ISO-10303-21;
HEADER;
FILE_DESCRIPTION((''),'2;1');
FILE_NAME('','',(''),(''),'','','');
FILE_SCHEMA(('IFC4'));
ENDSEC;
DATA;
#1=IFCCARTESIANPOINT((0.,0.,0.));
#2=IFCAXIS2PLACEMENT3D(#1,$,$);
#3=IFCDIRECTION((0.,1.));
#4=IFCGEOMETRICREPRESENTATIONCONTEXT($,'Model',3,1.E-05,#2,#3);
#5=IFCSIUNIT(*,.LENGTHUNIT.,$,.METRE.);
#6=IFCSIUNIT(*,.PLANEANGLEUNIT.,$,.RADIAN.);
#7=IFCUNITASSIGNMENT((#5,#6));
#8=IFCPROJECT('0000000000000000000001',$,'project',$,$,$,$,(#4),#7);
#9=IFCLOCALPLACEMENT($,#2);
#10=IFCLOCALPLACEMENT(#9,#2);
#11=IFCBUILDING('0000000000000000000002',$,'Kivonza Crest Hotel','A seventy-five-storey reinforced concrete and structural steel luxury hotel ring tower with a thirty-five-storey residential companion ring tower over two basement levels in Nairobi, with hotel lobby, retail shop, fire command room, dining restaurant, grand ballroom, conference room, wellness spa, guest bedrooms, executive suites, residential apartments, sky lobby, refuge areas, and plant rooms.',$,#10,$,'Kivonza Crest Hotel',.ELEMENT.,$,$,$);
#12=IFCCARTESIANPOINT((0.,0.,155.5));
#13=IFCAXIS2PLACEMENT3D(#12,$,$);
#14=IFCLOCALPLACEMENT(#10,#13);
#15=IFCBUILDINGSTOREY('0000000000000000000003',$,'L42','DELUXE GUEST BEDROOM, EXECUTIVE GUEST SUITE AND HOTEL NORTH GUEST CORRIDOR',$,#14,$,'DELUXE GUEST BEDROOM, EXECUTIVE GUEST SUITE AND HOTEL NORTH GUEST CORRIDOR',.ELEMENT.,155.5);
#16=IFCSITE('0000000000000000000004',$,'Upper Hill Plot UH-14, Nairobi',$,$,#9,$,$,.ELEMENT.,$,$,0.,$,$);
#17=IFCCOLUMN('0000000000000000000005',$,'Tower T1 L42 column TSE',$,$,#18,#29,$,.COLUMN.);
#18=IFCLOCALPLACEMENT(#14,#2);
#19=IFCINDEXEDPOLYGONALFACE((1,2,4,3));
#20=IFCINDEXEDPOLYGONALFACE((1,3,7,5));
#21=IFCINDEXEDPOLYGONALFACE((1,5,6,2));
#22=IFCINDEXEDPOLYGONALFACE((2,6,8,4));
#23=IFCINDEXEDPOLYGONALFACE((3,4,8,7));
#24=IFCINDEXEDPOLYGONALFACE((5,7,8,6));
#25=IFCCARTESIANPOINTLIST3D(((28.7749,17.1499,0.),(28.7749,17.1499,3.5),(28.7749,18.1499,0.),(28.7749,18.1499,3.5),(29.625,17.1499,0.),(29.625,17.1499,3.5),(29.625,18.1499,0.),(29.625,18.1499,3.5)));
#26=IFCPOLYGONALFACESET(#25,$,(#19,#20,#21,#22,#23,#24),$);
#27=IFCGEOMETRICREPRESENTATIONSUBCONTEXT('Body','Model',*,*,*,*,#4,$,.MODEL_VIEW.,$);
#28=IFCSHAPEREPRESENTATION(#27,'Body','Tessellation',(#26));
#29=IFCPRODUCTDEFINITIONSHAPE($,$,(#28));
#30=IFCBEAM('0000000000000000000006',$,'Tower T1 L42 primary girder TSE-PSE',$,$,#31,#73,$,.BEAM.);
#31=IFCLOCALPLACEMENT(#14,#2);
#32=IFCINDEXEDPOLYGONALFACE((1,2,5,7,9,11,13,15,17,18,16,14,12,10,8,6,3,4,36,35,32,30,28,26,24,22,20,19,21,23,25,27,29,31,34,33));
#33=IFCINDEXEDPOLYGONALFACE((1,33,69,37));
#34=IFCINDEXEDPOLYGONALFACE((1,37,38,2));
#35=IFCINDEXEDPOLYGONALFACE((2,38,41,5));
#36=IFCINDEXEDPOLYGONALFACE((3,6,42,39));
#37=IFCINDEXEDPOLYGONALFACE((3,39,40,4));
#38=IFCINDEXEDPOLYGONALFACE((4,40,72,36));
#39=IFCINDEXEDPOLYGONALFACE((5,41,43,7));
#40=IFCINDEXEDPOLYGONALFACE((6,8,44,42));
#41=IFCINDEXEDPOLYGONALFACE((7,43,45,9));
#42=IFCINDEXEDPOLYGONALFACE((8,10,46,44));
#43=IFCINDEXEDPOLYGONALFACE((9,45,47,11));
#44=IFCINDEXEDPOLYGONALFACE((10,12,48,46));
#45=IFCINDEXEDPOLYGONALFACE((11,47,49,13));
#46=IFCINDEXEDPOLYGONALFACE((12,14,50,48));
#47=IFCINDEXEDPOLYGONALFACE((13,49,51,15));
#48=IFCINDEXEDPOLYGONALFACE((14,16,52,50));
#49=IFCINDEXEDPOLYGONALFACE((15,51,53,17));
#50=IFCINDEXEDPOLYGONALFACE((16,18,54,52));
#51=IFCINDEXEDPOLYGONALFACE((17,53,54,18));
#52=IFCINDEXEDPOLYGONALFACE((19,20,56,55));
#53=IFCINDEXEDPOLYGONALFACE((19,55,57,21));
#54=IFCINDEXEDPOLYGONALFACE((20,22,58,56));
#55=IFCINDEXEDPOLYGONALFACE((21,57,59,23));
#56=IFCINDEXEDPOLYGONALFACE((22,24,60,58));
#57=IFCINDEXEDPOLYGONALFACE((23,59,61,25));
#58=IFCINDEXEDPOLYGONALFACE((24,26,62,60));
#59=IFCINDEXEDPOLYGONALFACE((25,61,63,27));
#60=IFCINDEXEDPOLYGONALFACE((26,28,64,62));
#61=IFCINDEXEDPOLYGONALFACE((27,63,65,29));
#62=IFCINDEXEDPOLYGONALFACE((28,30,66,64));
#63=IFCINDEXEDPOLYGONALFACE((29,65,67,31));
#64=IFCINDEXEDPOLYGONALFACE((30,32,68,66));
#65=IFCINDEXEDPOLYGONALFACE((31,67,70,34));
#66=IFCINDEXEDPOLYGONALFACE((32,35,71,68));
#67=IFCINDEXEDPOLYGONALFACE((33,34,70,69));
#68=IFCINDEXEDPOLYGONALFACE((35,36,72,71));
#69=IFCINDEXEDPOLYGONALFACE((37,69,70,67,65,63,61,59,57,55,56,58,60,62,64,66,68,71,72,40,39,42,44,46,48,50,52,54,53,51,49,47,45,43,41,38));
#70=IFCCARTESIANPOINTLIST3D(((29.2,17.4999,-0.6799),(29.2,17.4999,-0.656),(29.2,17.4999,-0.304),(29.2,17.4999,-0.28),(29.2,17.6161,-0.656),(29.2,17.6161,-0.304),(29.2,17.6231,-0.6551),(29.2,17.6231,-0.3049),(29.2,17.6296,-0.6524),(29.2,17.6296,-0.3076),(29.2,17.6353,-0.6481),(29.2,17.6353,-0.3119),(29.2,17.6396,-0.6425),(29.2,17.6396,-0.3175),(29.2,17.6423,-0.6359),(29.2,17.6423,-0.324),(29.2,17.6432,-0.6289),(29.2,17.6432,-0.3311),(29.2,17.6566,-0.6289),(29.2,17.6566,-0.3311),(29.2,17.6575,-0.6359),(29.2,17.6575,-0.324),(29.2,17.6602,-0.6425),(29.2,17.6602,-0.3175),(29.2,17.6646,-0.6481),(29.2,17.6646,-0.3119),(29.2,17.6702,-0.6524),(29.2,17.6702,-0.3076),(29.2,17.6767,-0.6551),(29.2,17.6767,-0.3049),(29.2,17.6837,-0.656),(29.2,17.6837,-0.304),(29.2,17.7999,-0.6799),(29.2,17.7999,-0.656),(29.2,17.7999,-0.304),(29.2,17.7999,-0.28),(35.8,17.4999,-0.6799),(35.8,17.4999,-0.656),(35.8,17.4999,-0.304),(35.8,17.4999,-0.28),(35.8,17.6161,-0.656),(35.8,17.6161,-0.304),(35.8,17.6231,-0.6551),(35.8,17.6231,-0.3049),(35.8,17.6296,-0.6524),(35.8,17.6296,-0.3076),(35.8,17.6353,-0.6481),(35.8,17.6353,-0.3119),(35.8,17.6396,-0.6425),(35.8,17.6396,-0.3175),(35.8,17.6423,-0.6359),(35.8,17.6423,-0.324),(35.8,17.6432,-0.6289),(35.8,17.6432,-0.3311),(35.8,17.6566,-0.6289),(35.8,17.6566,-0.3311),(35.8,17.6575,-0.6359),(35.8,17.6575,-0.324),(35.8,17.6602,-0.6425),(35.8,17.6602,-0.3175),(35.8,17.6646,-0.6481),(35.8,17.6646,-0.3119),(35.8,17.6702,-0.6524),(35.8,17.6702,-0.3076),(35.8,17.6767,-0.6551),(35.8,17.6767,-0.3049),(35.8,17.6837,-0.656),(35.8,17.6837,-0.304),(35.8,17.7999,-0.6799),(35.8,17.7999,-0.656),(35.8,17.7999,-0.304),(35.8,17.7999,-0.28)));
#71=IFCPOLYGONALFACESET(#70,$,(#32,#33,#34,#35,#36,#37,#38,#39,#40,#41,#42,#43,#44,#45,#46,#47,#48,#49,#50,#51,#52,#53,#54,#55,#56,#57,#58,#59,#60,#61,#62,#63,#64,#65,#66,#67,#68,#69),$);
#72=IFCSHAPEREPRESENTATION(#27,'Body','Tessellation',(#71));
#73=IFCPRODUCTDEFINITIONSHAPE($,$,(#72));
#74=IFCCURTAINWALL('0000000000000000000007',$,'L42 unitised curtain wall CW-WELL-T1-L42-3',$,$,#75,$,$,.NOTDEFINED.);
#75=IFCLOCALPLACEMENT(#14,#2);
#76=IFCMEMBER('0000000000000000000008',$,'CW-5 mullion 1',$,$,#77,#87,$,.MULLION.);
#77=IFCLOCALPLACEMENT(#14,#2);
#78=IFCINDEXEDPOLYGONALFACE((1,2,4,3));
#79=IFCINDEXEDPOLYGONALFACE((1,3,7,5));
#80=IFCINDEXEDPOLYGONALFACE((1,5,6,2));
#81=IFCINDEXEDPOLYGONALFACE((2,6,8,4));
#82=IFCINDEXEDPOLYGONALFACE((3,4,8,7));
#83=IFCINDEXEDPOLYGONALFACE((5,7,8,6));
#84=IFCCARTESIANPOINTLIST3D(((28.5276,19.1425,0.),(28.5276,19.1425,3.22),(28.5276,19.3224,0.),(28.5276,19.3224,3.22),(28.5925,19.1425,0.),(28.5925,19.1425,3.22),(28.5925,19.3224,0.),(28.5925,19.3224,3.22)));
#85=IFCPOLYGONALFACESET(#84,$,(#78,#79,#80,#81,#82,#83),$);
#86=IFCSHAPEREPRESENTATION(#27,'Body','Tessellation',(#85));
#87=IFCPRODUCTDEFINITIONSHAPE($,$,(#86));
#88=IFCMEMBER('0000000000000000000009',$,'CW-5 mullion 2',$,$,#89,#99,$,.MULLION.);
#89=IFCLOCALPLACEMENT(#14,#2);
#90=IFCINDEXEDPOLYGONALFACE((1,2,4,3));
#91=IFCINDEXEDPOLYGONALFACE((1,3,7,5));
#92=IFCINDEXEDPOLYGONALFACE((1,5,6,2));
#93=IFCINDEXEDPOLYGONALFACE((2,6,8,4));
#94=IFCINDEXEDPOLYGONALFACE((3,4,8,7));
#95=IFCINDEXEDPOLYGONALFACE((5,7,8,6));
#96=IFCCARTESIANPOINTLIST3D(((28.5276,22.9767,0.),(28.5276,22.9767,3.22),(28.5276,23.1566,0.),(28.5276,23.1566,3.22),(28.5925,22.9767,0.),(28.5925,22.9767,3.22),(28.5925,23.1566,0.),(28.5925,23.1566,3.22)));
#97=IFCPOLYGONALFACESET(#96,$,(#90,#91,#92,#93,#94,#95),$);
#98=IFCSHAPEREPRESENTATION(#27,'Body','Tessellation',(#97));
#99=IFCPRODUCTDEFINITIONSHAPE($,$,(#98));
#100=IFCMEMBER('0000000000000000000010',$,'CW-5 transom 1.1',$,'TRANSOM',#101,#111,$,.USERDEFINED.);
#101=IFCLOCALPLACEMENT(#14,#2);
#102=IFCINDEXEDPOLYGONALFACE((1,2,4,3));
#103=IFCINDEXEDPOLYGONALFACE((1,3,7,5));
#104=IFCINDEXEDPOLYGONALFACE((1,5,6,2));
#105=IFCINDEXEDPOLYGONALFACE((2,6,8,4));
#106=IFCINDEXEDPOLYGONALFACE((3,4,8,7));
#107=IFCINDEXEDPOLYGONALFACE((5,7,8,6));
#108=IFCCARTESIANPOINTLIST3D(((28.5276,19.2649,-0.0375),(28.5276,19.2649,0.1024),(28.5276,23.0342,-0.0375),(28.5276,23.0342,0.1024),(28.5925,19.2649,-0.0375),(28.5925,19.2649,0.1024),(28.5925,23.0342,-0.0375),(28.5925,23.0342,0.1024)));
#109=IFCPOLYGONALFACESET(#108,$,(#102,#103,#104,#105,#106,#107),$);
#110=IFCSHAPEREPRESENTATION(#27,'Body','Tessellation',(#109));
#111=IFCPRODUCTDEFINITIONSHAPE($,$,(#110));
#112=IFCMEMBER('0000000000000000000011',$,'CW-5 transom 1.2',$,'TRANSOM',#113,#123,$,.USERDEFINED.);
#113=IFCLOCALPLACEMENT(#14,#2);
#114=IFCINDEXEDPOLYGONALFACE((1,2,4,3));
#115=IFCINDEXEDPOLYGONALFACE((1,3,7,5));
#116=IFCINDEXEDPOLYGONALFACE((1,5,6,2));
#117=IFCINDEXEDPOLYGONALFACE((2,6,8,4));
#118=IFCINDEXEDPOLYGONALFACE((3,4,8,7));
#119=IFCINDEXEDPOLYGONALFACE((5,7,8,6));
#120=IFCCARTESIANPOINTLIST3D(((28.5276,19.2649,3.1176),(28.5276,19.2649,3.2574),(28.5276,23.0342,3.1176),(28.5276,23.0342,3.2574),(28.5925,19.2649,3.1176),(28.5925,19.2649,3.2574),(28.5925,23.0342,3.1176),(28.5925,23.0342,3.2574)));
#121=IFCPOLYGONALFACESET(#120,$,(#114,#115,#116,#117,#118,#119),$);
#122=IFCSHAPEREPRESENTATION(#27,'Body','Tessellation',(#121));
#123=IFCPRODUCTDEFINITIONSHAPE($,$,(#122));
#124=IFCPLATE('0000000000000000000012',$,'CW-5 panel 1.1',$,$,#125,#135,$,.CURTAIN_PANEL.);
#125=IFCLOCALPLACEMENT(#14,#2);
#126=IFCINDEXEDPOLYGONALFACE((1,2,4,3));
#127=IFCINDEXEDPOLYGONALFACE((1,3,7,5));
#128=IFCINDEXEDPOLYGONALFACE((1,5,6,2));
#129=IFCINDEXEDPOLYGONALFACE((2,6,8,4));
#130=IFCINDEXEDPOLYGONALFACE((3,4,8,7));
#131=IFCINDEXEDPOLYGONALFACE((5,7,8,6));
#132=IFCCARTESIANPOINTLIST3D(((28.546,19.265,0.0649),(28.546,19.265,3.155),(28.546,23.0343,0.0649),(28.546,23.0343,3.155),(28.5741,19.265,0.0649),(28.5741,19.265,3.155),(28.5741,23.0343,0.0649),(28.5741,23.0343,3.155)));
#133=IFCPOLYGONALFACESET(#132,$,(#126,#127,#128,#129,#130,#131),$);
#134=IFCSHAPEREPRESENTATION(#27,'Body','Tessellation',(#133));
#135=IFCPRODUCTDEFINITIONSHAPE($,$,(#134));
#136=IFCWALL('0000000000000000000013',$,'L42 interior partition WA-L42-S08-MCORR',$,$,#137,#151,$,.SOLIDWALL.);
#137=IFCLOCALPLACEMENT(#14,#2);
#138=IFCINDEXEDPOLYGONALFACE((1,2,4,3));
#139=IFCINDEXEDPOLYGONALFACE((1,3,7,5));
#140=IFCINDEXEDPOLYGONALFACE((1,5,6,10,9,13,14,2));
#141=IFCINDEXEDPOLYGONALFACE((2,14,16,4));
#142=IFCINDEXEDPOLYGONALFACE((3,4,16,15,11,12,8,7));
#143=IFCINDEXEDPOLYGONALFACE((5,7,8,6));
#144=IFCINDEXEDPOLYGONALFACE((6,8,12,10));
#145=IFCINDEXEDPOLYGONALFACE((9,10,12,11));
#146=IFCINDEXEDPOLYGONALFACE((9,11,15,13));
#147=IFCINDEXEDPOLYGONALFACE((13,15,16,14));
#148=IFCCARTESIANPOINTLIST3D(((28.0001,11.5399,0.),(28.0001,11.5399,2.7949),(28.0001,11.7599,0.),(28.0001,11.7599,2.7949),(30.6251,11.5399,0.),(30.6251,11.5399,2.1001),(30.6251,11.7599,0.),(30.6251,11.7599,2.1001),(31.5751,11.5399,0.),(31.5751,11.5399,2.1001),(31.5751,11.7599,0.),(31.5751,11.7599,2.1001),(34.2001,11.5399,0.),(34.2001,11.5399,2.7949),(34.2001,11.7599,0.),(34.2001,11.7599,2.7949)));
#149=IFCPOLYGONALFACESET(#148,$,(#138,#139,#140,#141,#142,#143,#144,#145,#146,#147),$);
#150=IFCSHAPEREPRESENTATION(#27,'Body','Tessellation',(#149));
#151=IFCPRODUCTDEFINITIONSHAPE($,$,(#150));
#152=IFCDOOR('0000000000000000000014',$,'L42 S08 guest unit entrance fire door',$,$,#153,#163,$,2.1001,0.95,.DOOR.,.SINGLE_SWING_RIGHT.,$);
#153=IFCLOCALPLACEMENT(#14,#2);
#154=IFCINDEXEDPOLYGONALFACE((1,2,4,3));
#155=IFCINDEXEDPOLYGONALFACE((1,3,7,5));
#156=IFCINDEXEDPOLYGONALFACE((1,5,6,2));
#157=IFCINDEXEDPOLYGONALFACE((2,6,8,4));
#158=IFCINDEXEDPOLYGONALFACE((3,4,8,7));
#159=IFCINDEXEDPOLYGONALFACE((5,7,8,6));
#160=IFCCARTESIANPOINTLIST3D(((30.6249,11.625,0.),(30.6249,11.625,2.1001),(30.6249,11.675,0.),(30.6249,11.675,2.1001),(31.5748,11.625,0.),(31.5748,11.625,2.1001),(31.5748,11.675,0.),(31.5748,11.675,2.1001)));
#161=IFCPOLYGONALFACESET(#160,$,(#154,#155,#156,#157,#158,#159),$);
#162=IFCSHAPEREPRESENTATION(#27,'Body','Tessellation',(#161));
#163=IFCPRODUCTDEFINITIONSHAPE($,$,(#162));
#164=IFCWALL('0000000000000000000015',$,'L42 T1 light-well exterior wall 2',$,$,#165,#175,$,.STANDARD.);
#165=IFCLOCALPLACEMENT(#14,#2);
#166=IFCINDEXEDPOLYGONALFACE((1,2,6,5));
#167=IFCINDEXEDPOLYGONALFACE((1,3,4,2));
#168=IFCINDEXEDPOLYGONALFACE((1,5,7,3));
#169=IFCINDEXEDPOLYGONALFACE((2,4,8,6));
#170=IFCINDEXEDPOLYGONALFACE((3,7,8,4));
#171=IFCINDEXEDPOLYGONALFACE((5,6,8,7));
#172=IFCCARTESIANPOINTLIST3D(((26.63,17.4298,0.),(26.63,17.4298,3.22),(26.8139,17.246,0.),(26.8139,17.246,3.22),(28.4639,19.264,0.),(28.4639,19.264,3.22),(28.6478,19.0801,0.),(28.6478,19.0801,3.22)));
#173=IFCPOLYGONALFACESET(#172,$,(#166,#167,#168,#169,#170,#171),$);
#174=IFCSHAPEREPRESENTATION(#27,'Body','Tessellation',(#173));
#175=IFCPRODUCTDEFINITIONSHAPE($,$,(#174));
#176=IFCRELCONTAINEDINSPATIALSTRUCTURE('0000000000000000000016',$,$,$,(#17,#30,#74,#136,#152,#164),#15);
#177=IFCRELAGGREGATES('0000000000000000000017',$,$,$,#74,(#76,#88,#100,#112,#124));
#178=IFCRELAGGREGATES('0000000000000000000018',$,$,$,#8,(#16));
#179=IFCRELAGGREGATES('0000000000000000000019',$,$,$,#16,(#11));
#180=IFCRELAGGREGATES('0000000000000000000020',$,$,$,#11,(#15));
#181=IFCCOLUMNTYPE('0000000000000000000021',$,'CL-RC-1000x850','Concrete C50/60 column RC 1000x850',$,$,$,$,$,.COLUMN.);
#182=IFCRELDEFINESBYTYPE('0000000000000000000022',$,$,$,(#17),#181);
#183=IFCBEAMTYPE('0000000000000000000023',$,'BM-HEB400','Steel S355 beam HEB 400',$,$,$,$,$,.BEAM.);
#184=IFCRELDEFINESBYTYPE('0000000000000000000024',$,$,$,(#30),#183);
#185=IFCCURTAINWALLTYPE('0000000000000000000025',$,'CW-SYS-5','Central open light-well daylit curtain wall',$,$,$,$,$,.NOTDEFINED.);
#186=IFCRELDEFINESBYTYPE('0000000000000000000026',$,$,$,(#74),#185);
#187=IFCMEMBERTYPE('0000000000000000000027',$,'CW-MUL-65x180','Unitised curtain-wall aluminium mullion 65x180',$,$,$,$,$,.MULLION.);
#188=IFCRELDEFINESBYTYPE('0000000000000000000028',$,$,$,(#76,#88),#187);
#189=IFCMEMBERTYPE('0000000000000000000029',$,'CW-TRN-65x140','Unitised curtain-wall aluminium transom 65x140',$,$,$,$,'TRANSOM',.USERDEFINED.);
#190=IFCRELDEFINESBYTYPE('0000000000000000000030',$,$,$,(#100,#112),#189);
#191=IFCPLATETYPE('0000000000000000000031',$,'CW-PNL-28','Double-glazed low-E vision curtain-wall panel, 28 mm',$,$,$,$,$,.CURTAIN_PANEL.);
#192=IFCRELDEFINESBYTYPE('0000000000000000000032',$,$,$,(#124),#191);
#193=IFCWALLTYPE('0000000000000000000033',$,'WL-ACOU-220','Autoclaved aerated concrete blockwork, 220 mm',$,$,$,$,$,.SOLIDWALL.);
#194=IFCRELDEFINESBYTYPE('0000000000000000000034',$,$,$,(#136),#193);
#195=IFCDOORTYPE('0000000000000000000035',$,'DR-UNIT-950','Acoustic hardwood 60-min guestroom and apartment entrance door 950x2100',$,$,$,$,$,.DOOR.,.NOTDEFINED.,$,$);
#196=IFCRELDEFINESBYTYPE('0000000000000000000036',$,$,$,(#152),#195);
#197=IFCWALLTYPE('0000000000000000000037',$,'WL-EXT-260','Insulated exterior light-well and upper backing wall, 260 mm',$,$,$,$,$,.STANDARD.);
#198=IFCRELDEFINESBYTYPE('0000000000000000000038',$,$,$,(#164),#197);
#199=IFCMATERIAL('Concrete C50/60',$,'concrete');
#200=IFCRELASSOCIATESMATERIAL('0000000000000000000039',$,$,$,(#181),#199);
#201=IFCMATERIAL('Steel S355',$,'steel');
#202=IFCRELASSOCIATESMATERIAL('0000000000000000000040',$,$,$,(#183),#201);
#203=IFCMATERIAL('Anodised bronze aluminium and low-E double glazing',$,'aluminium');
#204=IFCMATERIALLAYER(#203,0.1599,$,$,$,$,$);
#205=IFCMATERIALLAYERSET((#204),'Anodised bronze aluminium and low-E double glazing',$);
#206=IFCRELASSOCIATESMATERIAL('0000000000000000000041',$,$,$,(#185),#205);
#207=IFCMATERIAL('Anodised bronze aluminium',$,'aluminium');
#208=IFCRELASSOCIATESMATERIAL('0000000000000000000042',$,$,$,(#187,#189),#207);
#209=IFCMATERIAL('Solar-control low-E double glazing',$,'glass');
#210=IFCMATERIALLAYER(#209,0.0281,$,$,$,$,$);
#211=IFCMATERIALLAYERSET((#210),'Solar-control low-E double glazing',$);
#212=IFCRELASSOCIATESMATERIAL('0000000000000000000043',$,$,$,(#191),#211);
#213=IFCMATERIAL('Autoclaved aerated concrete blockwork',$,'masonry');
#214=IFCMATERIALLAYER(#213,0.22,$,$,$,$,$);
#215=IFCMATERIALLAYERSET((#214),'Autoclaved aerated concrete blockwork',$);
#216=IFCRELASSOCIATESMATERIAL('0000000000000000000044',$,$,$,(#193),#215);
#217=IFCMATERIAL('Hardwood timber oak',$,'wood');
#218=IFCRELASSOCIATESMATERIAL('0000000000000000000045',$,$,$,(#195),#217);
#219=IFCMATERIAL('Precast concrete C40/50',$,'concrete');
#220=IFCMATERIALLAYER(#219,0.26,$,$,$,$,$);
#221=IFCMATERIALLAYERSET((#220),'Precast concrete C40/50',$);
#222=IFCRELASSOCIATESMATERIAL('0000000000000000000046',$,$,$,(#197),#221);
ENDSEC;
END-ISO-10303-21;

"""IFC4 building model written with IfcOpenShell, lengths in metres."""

from ifc_helpers import new_model, si_unit, direction, frame, frame_2d, origin, origin_2d, place, context, subcontext, project, spatial, rectangle, i_section, extrude, material, layer, layer_set, material_profile, profile_set, type_object, element, fill, aggregate, save


model = new_model("IFC4")

# Units and contexts
model_context = context("Model", 3, precision=1e-05, world=origin(), true_north=direction((0.0, 1.0)))
body_context = subcontext(model_context, "Body", "Model", "MODEL_VIEW")
ifc_project = project(units=[si_unit("LENGTHUNIT", "METRE"), si_unit("PLANEANGLEUNIT", "RADIAN")], contexts=[model_context])

# Site, building, storey
site_placement = place(None, origin())
site = spatial("IfcSite", under=ifc_project, at=site_placement, Name="Upper Hill Plot UH-14, Nairobi", CompositionType="ELEMENT", RefElevation=0.0)
building_placement = place(site_placement, origin())
building = spatial("IfcBuilding", under=site, at=building_placement, Name="Kivonza Crest Hotel", Description="A seventy-five-storey reinforced concrete and structural steel luxury hotel ring tower with a thirty-five-storey residential companion ring tower over two basement levels in Nairobi, with hotel lobby, retail shop, fire command room, dining restaurant, grand ballroom, conference room, wellness spa, guest bedrooms, executive suites, residential apartments, sky lobby, refuge areas, and plant rooms.", LongName="Kivonza Crest Hotel", CompositionType="ELEMENT")
storey_placement = place(building_placement, frame((0.0, 0.0, 155.5)))
storey = spatial("IfcBuildingStorey", under=building, at=storey_placement, Name="L42", Description="DELUXE GUEST BEDROOM, EXECUTIVE GUEST SUITE AND HOTEL NORTH GUEST CORRIDOR", LongName="DELUXE GUEST BEDROOM, EXECUTIVE GUEST SUITE AND HOTEL NORTH GUEST CORRIDOR", CompositionType="ELEMENT", Elevation=155.5)

# Column
ifc_material_1 = material(Name="Concrete C50/60", Category="concrete")
ifc_material_profile_1 = material_profile(ifc_material_1, rectangle(XDim=0.8501, YDim=1.0, at=origin_2d()), Name="RC 1000x850")
ifc_profile_set_1 = profile_set([ifc_material_profile_1], Name="Concrete C50/60")
column_type = type_object("IfcColumnType", Name="CL-RC-1000x850", Description="Concrete C50/60 column RC 1000x850", PredefinedType="COLUMN", material=ifc_profile_set_1)
column_placement = place(storey_placement, frame((29.2, 17.6499, 0.0), z_axis=(0.0, 0.0, 1.0), x_axis=(1.0, 0.0, 0.0)))
element("IfcColumn", 1, at=column_placement, inside=storey, type_object=column_type, Name="Tower T1 L42 column TSE", PredefinedType="COLUMN", context=body_context, shape_type="SweptSolid", body=[
    extrude(rectangle(XDim=0.8501, YDim=1.0, at=origin_2d()), origin(), (0.0, 0.0, 1.0), 3.5),
])

# Beam
ifc_material_2 = material(Name="Steel S355", Category="steel")
ifc_material_profile_2 = material_profile(ifc_material_2, i_section(OverallWidth=0.3, OverallDepth=0.3999, WebThickness=0.0134, FlangeThickness=0.0239, FilletRadius=0.0271, at=origin_2d()), Name="HEB 400")
ifc_profile_set_2 = profile_set([ifc_material_profile_2], Name="Steel S355")
beam_type = type_object("IfcBeamType", Name="BM-HEB400", Description="Steel S355 beam HEB 400", PredefinedType="BEAM", material=ifc_profile_set_2)
beam_placement = place(storey_placement, frame((29.2, 17.6499, -0.48), z_axis=(1.0, 0.0, 0.0), x_axis=(0.0, 1.0, 0.0)))
element("IfcBeam", 2, at=beam_placement, inside=storey, type_object=beam_type, Name="Tower T1 L42 primary girder TSE-PSE", PredefinedType="BEAM", context=body_context, shape_type="SweptSolid", body=[
    extrude(i_section(OverallWidth=0.3, OverallDepth=0.3999, WebThickness=0.0134, FlangeThickness=0.0239, FilletRadius=0.0271, at=origin_2d()), origin(), (0.0, 0.0, 1.0), 6.6001),
])

# Curtain wall, members, plate
ifc_material_3 = material(Name="Anodised bronze aluminium and low-E double glazing", Category="aluminium")
ifc_layer_1 = layer(ifc_material_3, 0.1599)
ifc_layer_set_1 = layer_set([ifc_layer_1], Name="Anodised bronze aluminium and low-E double glazing")
curtain_wall_type = type_object("IfcCurtainWallType", Name="CW-SYS-5", Description="Central open light-well daylit curtain wall", PredefinedType="NOTDEFINED", material=ifc_layer_set_1)
curtain_wall_placement = place(storey_placement, origin())
curtain_wall = element("IfcCurtainWall", 3, at=curtain_wall_placement, inside=storey, type_object=curtain_wall_type, Name="L42 unitised curtain wall CW-WELL-T1-L42-3", PredefinedType="NOTDEFINED")
ifc_material_4 = material(Name="Anodised bronze aluminium", Category="aluminium")
ifc_material_profile_3 = material_profile(ifc_material_4, rectangle(XDim=0.0649, YDim=0.1799, at=origin_2d()), Name="CW-M 65x180")
ifc_profile_set_3 = profile_set([ifc_material_profile_3], Name="Anodised bronze aluminium")
member_type_1 = type_object("IfcMemberType", Name="CW-MUL-65x180", Description="Unitised curtain-wall aluminium mullion 65x180", PredefinedType="MULLION", material=ifc_profile_set_3)
member_1_placement = place(storey_placement, frame((28.5601, 19.2324, 0.0), z_axis=(0.0, 0.0, 1.0), x_axis=(-1.0, 0.0, 0.0)))
member_1 = element("IfcMember", 4, at=member_1_placement, type_object=member_type_1, Name="CW-5 mullion 1", PredefinedType="MULLION", context=body_context, shape_type="SweptSolid", body=[
    extrude(rectangle(XDim=0.0649, YDim=0.1799, at=origin_2d()), origin(), (0.0, 0.0, 1.0), 3.22),
])
member_2_placement = place(storey_placement, frame((28.5601, 23.0667, 0.0), z_axis=(0.0, 0.0, 1.0), x_axis=(-1.0, 0.0, 0.0)))
member_2 = element("IfcMember", 5, at=member_2_placement, type_object=member_type_1, Name="CW-5 mullion 2", PredefinedType="MULLION", context=body_context, shape_type="SweptSolid", body=[
    extrude(rectangle(XDim=0.0649, YDim=0.1799, at=origin_2d()), origin(), (0.0, 0.0, 1.0), 3.22),
])
ifc_material_profile_4 = material_profile(ifc_material_4, rectangle(XDim=0.0649, YDim=0.1399, at=origin_2d()), Name="CW-T 65x140")
ifc_profile_set_4 = profile_set([ifc_material_profile_4], Name="Anodised bronze aluminium")
member_type_2 = type_object("IfcMemberType", Name="CW-TRN-65x140", Description="Unitised curtain-wall aluminium transom 65x140", ElementType="TRANSOM", PredefinedType="USERDEFINED", material=ifc_profile_set_4)
member_3_placement = place(storey_placement, frame((28.5601, 19.2649, 0.0325), z_axis=(0.0, 1.0, 0.0), x_axis=(-1.0, 0.0, 0.0)))
member_3 = element("IfcMember", 6, at=member_3_placement, type_object=member_type_2, Name="CW-5 transom 1.1", ObjectType="TRANSOM", PredefinedType="USERDEFINED", context=body_context, shape_type="SweptSolid", body=[
    extrude(rectangle(XDim=0.0649, YDim=0.1399, at=origin_2d()), origin(), (0.0, 0.0, 1.0), 3.7693),
])
member_4_placement = place(storey_placement, frame((28.5601, 19.2649, 3.1875), z_axis=(0.0, 1.0, 0.0), x_axis=(-1.0, 0.0, 0.0)))
member_4 = element("IfcMember", 7, at=member_4_placement, type_object=member_type_2, Name="CW-5 transom 1.2", ObjectType="TRANSOM", PredefinedType="USERDEFINED", context=body_context, shape_type="SweptSolid", body=[
    extrude(rectangle(XDim=0.0649, YDim=0.1399, at=origin_2d()), origin(), (0.0, 0.0, 1.0), 3.7693),
])
ifc_material_5 = material(Name="Solar-control low-E double glazing", Category="glass")
ifc_layer_2 = layer(ifc_material_5, 0.0281)
ifc_layer_set_2 = layer_set([ifc_layer_2], Name="Solar-control low-E double glazing")
plate_type = type_object("IfcPlateType", Name="CW-PNL-28", Description="Double-glazed low-E vision curtain-wall panel, 28 mm", PredefinedType="CURTAIN_PANEL", material=ifc_layer_set_2)
plate_placement = place(storey_placement, frame((28.5601, 21.1497, 0.0649), z_axis=(0.0, 0.0, 1.0), x_axis=(0.0, 1.0, 0.0)))
plate = element("IfcPlate", 8, at=plate_placement, type_object=plate_type, Name="CW-5 panel 1.1", PredefinedType="CURTAIN_PANEL", context=body_context, shape_type="SweptSolid", body=[
    extrude(rectangle(XDim=3.7693, YDim=0.0281, at=origin_2d()), origin(), (0.0, 0.0, 1.0), 3.0901),
])
aggregate(curtain_wall, [member_1, member_2, member_3, member_4, plate])

# Wall, opening, door
ifc_material_6 = material(Name="Autoclaved aerated concrete blockwork", Category="masonry")
ifc_layer_3 = layer(ifc_material_6, 0.22)
ifc_layer_set_3 = layer_set([ifc_layer_3], Name="Autoclaved aerated concrete blockwork")
wall_type_1 = type_object("IfcWallType", Name="WL-ACOU-220", Description="Autoclaved aerated concrete blockwork, 220 mm", PredefinedType="SOLIDWALL", material=ifc_layer_set_3)
wall_1_placement = place(storey_placement, frame((28.0, 11.6499, 0.0), z_axis=(0.0, 0.0, 1.0), x_axis=(1.0, 0.0, 0.0)))
wall_1 = element("IfcWall", 9, at=wall_1_placement, inside=storey, type_object=wall_type_1, Name="L42 interior partition WA-L42-S08-MCORR", PredefinedType="SOLIDWALL", context=body_context, shape_type="SweptSolid", body=[
    extrude(rectangle(XDim=6.2, YDim=0.22, at=frame_2d((3.1001, 0.0))), origin(), (0.0, 0.0, 1.0), 2.7949),
])
opening_1_placement = place(wall_1_placement, frame((2.625, 0.0, 0.0)))
opening_1 = element("IfcOpeningElement", 10, at=opening_1_placement, cuts=wall_1, PredefinedType="OPENING", context=body_context, shape_type="SweptSolid", body=[
    extrude(rectangle(XDim=0.95, YDim=2.1001, at=frame_2d((0.4751, 1.05))), frame((0.0, 0.1201, 0.0), z_axis=(0.0, -1.0, 0.0), x_axis=(1.0, 0.0, 0.0)), (0.0, 0.0, 1.0), 0.24),
])
ifc_material_7 = material(Name="Hardwood timber oak", Category="wood")
door_type_1 = type_object("IfcDoorType", Name="DR-UNIT-950", Description="Acoustic hardwood 60-min guestroom and apartment entrance door 950x2100", OperationType="NOTDEFINED", PredefinedType="DOOR", material=ifc_material_7)
door_1_placement = place(opening_1_placement, frame((0.95, 0.0, 0.0), z_axis=(0.0, 0.0, 1.0), x_axis=(-1.0, 0.0, 0.0)))
door_1 = element("IfcDoor", 11, at=door_1_placement, inside=storey, type_object=door_type_1, Name="L42 S08 guest unit entrance fire door", OperationType="SINGLE_SWING_RIGHT", OverallHeight=2.1001, OverallWidth=0.95, PredefinedType="DOOR", context=body_context, shape_type="SweptSolid", body=[
    extrude(rectangle(XDim=0.95, YDim=2.1001, at=frame_2d((0.4751, 1.05))), frame((0.0, 0.0249, 0.0), z_axis=(0.0, -1.0, 0.0), x_axis=(1.0, 0.0, 0.0)), (0.0, 0.0, 1.0), 0.05),
])
fill(opening_1, door_1)

# Wall
ifc_material_8 = material(Name="Precast concrete C40/50", Category="concrete")
ifc_layer_4 = layer(ifc_material_8, 0.26)
ifc_layer_set_4 = layer_set([ifc_layer_4], Name="Precast concrete C40/50")
wall_type_2 = type_object("IfcWallType", Name="WL-EXT-260", Description="Insulated exterior light-well and upper backing wall, 260 mm", PredefinedType="STANDARD", material=ifc_layer_set_4)
wall_2_placement = place(storey_placement, frame((26.7219, 17.3379, 0.0), z_axis=(0.0, 0.0, 1.0), x_axis=(0.70706, 0.707154, 0.0)))
element("IfcWall", 12, at=wall_2_placement, inside=storey, type_object=wall_type_2, Name="L42 T1 light-well exterior wall 2", PredefinedType="STANDARD", context=body_context, shape_type="SweptSolid", body=[
    extrude(rectangle(XDim=2.5938, YDim=0.26, at=frame_2d((1.2969, 0.0))), origin(), (0.0, 0.0, 1.0), 3.22),
])

save(model, "model.ifc")
